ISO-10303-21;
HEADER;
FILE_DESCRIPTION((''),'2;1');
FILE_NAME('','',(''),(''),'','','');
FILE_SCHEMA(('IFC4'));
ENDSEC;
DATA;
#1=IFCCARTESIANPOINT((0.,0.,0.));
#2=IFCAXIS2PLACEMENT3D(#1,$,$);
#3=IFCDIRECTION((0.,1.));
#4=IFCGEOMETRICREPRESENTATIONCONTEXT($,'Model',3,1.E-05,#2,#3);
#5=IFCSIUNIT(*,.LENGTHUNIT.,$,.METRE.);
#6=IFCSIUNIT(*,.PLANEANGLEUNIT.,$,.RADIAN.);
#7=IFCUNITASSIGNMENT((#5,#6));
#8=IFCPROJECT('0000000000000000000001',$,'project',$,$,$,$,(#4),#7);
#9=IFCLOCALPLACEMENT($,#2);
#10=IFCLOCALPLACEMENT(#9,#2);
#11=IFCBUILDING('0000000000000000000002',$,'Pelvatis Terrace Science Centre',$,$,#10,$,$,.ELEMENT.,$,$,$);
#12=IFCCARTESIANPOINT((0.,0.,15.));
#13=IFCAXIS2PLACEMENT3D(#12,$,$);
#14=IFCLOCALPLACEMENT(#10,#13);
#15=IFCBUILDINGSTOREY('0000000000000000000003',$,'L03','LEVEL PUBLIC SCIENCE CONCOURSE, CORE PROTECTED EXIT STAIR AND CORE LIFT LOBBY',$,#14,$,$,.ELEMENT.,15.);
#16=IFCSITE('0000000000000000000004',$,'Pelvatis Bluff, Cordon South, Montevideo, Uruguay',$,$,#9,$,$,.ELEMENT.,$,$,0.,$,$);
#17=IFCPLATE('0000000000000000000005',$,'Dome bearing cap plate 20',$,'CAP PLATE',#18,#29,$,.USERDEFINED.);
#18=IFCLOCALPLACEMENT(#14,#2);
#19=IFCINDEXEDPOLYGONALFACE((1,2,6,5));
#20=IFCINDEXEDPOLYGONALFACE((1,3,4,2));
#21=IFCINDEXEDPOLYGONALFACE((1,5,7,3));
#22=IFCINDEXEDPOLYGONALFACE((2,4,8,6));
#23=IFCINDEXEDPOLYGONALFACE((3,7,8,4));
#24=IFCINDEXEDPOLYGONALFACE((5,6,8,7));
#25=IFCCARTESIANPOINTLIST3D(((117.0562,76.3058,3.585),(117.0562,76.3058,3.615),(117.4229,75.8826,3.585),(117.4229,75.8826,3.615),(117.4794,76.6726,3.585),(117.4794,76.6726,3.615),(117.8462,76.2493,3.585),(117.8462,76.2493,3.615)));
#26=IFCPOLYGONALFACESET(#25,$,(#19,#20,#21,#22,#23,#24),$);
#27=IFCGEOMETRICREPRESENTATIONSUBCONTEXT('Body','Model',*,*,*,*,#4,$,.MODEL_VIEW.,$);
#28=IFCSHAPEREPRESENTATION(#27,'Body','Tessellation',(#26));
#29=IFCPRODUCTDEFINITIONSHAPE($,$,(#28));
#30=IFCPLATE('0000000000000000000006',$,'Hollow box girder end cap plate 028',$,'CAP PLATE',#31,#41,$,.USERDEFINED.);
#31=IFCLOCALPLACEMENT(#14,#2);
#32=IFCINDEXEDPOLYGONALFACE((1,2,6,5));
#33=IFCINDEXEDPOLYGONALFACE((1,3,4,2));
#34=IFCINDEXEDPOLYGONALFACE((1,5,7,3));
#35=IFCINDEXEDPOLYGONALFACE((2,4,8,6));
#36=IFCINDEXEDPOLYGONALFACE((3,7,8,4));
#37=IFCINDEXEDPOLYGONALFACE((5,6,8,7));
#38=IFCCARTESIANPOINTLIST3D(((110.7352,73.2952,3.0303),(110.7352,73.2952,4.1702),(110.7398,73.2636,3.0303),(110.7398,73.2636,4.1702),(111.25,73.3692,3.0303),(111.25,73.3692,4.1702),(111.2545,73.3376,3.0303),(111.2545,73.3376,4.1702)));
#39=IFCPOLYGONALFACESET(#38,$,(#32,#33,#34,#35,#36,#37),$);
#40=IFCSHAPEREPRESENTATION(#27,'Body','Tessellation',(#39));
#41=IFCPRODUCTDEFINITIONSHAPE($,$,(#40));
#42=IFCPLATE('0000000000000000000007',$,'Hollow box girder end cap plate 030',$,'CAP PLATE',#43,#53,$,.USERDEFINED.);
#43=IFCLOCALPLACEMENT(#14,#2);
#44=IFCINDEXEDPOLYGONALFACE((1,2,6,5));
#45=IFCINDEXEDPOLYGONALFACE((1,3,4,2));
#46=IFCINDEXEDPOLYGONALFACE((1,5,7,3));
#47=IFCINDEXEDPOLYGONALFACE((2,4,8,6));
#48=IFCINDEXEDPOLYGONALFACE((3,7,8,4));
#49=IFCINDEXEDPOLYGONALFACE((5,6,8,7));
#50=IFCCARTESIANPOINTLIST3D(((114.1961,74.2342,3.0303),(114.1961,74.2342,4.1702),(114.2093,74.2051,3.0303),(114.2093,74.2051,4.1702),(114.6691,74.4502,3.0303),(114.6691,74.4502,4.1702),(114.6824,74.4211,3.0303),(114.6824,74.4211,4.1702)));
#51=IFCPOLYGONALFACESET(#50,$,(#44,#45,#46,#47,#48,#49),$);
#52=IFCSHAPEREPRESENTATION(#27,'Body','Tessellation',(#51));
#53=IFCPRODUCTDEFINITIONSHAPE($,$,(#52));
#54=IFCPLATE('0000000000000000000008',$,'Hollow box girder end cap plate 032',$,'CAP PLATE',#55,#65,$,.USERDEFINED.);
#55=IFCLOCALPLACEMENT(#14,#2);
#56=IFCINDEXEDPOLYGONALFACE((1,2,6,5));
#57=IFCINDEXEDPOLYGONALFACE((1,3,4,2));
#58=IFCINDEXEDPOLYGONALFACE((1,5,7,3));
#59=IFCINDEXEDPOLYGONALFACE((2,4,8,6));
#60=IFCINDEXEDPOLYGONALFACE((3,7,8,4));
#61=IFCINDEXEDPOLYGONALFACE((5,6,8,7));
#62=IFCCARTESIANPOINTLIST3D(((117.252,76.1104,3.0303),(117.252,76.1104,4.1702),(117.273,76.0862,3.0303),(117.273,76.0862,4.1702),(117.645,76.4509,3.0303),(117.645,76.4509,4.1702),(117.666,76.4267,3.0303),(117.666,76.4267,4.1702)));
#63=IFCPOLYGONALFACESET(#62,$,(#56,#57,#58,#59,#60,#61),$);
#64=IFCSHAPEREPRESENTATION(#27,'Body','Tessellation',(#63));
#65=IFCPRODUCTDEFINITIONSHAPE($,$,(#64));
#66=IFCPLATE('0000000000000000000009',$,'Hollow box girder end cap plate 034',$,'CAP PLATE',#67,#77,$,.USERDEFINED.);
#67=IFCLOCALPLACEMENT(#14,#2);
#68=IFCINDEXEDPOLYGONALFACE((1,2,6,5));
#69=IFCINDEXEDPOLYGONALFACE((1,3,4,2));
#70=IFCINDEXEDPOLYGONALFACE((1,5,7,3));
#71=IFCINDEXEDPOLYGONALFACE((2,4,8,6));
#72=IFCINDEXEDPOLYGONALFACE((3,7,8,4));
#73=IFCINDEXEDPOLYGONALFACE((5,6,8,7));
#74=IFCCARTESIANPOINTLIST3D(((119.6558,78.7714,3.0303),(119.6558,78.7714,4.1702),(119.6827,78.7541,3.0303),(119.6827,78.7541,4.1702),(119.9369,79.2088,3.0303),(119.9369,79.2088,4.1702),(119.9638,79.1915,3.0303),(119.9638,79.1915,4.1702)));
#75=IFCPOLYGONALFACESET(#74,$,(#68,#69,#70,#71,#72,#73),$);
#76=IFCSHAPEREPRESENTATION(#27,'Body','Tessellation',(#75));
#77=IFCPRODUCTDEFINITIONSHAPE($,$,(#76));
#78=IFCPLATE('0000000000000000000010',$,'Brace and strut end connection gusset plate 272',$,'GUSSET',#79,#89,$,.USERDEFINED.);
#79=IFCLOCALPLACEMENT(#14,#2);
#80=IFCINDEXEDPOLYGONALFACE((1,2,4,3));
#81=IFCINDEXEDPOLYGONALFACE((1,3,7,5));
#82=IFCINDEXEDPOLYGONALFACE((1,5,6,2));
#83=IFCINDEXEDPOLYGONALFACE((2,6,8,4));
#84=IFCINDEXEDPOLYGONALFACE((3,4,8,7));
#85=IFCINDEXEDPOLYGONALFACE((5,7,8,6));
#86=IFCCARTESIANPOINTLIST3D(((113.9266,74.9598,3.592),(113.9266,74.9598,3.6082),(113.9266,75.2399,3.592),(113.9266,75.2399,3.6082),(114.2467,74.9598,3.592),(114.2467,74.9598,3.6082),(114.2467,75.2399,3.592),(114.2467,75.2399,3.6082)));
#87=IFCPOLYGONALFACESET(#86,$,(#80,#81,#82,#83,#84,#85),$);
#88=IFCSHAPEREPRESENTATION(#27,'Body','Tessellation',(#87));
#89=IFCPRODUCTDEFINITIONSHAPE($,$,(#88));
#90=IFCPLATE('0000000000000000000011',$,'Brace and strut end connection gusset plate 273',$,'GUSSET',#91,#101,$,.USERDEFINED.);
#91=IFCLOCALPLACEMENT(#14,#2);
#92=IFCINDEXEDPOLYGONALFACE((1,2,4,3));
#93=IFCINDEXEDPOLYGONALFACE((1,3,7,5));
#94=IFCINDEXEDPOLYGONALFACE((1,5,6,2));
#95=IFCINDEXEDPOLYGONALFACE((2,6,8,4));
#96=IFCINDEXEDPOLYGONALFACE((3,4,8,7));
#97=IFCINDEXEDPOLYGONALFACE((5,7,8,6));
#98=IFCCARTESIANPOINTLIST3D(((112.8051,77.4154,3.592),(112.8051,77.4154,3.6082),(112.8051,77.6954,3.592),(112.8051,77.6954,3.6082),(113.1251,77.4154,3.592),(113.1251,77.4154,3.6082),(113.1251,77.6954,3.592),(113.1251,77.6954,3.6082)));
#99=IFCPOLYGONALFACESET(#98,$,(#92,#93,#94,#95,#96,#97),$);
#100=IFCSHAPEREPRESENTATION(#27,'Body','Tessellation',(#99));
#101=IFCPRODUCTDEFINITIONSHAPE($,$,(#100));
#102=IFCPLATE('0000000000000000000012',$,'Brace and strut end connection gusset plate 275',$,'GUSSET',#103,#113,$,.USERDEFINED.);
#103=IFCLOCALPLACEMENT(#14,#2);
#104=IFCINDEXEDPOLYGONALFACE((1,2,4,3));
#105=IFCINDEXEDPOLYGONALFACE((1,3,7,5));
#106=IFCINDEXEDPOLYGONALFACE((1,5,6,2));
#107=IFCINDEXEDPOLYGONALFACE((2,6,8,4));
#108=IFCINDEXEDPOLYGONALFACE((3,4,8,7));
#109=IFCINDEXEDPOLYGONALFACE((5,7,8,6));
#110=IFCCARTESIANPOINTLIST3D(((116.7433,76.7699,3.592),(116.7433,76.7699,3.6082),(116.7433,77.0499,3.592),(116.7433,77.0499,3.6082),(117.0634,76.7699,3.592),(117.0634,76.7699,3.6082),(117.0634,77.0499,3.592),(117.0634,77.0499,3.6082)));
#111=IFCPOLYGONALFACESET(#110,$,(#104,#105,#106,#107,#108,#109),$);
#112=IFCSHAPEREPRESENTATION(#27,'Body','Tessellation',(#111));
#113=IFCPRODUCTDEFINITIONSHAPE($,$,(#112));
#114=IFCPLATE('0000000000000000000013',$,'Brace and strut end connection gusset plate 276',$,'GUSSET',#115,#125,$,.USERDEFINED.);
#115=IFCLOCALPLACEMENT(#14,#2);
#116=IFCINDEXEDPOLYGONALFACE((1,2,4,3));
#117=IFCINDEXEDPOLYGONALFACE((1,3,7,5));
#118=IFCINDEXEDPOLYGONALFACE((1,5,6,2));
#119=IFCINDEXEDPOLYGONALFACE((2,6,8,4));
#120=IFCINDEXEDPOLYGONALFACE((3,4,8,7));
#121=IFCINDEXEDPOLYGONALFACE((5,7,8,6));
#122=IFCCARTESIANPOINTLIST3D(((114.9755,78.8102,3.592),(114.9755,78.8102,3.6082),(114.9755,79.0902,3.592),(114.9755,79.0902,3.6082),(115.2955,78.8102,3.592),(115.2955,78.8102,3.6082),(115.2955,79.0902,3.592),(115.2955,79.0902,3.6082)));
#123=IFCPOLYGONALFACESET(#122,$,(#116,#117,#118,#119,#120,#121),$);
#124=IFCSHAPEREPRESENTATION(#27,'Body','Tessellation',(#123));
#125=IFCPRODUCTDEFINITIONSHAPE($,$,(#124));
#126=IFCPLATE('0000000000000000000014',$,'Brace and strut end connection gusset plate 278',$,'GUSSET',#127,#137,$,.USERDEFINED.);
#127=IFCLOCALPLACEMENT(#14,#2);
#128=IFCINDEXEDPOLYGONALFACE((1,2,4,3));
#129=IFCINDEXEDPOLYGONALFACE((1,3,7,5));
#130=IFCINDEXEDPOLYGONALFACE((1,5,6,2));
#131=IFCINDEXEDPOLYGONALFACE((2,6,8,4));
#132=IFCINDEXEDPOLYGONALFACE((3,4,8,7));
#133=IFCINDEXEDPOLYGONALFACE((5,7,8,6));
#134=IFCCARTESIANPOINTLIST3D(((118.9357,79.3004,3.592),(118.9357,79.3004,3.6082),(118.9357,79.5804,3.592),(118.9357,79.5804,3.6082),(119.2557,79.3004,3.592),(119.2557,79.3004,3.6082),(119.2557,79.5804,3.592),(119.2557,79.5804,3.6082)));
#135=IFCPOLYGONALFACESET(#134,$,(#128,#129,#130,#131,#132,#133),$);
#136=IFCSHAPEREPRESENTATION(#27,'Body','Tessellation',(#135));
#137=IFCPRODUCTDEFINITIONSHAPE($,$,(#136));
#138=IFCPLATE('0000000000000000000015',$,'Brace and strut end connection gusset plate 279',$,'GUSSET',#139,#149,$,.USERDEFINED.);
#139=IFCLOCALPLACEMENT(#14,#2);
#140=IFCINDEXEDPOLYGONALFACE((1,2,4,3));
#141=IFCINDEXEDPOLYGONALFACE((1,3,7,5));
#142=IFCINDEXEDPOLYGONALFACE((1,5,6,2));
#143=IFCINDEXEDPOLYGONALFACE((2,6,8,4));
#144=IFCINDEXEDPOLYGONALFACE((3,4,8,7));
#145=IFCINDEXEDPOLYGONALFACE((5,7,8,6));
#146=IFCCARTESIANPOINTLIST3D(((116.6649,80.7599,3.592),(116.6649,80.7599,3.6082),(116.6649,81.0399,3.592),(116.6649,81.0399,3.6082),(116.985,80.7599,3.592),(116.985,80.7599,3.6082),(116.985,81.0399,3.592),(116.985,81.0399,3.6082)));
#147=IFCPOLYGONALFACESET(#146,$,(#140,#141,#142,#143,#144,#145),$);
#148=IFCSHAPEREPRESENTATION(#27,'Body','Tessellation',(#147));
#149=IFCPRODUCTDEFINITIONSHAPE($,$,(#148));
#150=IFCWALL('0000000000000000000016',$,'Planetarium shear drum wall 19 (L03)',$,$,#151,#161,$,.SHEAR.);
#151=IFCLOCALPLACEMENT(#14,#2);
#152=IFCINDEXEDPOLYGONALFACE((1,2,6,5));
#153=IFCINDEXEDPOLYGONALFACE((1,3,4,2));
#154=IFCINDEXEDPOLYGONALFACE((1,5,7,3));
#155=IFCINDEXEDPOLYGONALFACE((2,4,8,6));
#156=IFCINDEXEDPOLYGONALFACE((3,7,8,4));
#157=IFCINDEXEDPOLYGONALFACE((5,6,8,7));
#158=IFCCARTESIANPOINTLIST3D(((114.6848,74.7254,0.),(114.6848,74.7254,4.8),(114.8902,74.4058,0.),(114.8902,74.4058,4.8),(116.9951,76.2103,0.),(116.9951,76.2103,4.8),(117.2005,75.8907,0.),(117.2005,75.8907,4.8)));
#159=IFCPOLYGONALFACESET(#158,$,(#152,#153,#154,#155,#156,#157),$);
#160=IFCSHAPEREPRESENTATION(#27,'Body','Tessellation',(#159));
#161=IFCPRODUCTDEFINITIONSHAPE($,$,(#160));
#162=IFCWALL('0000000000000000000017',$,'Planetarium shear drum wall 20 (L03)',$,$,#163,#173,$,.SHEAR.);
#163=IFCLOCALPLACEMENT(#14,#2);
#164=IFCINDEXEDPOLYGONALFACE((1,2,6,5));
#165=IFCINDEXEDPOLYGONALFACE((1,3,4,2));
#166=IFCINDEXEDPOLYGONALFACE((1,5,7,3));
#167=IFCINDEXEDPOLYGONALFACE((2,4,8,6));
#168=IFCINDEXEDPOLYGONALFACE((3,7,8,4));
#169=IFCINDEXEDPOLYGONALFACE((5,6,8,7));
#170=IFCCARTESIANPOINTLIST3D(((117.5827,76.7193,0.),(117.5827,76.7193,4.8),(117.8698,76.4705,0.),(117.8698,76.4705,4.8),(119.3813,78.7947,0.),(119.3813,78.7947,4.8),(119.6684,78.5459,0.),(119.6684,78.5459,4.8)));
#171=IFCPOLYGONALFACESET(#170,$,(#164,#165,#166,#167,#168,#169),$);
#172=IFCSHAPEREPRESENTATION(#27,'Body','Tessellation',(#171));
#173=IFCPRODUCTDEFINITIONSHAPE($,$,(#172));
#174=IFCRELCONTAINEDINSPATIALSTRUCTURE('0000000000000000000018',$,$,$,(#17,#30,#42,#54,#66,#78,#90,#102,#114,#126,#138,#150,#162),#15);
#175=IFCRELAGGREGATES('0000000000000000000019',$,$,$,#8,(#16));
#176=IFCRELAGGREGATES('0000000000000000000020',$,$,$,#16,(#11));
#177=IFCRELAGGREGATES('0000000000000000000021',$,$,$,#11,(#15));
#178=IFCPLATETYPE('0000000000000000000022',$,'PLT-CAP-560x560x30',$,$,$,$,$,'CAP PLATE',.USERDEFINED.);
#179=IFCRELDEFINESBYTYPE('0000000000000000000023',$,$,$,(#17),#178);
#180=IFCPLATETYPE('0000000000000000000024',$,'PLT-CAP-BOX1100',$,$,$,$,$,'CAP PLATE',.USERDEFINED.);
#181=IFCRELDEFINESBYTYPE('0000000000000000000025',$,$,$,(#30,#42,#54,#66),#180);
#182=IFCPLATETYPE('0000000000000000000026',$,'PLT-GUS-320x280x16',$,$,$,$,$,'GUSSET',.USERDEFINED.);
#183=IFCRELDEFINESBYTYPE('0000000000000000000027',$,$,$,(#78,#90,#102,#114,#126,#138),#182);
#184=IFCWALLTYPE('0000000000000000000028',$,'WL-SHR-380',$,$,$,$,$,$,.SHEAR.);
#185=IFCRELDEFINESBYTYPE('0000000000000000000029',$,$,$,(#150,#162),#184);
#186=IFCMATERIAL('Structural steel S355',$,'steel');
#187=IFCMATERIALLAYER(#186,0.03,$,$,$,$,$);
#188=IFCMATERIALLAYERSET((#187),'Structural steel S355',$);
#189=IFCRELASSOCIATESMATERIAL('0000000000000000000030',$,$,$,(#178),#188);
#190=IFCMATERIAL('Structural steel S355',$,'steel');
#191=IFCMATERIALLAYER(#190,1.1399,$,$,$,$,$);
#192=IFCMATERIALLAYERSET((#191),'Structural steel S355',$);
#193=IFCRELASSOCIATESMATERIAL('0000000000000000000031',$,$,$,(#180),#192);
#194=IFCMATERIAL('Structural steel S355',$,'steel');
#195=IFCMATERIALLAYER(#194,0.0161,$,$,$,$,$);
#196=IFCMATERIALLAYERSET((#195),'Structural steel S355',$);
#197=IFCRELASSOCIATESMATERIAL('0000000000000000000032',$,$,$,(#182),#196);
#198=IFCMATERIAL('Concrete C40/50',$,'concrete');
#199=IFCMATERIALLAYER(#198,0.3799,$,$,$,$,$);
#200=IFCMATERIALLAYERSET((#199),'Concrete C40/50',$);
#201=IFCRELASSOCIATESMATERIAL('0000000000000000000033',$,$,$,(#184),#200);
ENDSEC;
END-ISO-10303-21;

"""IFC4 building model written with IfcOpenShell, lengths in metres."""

from ifc_helpers import new_model, si_unit, direction, frame, frame_2d, origin, origin_2d, place, context, subcontext, project, spatial, rectangle, extrude, material, layer, layer_set, type_object, element, save


model = new_model("IFC4")

# Units and contexts
model_context = context("Model", 3, precision=1e-05, world=origin(), true_north=direction((0.0, 1.0)))
body_context = subcontext(model_context, "Body", "Model", "MODEL_VIEW")
ifc_project = project(units=[si_unit("LENGTHUNIT", "METRE"), si_unit("PLANEANGLEUNIT", "RADIAN")], contexts=[model_context])

# Site, building, storey
site_placement = place(None, origin())
site = spatial("IfcSite", under=ifc_project, at=site_placement, Name="Pelvatis Bluff, Cordon South, Montevideo, Uruguay", CompositionType="ELEMENT", RefElevation=0.0)
building_placement = place(site_placement, origin())
building = spatial("IfcBuilding", under=site, at=building_placement, Name="Pelvatis Terrace Science Centre", CompositionType="ELEMENT")
storey_placement = place(building_placement, frame((0.0, 0.0, 15.0)))
storey = spatial("IfcBuildingStorey", under=building, at=storey_placement, Name="L03", Description="LEVEL PUBLIC SCIENCE CONCOURSE, CORE PROTECTED EXIT STAIR AND CORE LIFT LOBBY", CompositionType="ELEMENT", Elevation=15.0)

# Plates
ifc_material_1 = material(Name="Structural steel S355", Category="steel")
ifc_layer_1 = layer(ifc_material_1, 0.03)
ifc_layer_set_1 = layer_set([ifc_layer_1], Name="Structural steel S355")
plate_type_1 = type_object("IfcPlateType", Name="PLT-CAP-560x560x30", ElementType="CAP PLATE", PredefinedType="USERDEFINED", material=ifc_layer_set_1)
plate_1_placement = place(storey_placement, frame((117.4512, 76.2776, 3.585), z_axis=(0.0, 0.0, 1.0), x_axis=(0.654873, -0.755739, 0.0)))
element("IfcPlate", 1, at=plate_1_placement, inside=storey, type_object=plate_type_1, Name="Dome bearing cap plate 20", ObjectType="CAP PLATE", PredefinedType="USERDEFINED", context=body_context, shape_type="SweptSolid", body=[
    extrude(rectangle(XDim=0.5601, YDim=0.5601, at=origin_2d()), origin(), (0.0, 0.0, 1.0), 0.03),
])
ifc_material_2 = material(Name="Structural steel S355", Category="steel")
ifc_layer_2 = layer(ifc_material_2, 1.1399)
ifc_layer_set_2 = layer_set([ifc_layer_2], Name="Structural steel S355")
plate_type_2 = type_object("IfcPlateType", Name="PLT-CAP-BOX1100", ElementType="CAP PLATE", PredefinedType="USERDEFINED", material=ifc_layer_set_2)
for number, where, z_axis, x_axis, name in (
    (2, (110.9949, 73.3164, 3.0303), (0.0, 0.0, 1.0), (0.142283, -0.989826, 0.0), "Hollow box girder end cap plate 028"),
    (3, (114.4392, 74.3276, 3.0303), (0.0, 0.0, 1.0), (0.415487, -0.909599, 0.0), "Hollow box girder end cap plate 030"),
    (4, (117.459, 76.2686, 3.0303), (0.0, 0.0, 1.0), (0.654873, -0.755739, 0.0), "Hollow box girder end cap plate 032"),
    (5, (119.8098, 78.9814, 3.0303), (0.0, 0.0, 1.0), (0.841228, -0.540681, 0.0), "Hollow box girder end cap plate 034"),
):
    element("IfcPlate", number, at=place(storey_placement, frame(where, z_axis=z_axis, x_axis=x_axis)), inside=storey, type_object=plate_type_2, Name=name, ObjectType="CAP PLATE", PredefinedType="USERDEFINED", context=body_context, shape_type="SweptSolid", body=[
        extrude(rectangle(XDim=0.032, YDim=0.52, at=origin_2d()), origin(), (0.0, 0.0, 1.0), 1.1399),
    ])
ifc_material_3 = material(Name="Structural steel S355", Category="steel")
ifc_layer_3 = layer(ifc_material_3, 0.0161)
ifc_layer_set_3 = layer_set([ifc_layer_3], Name="Structural steel S355")
plate_type_3 = type_object("IfcPlateType", Name="PLT-GUS-320x280x16", ElementType="GUSSET", PredefinedType="USERDEFINED", material=ifc_layer_set_3)
for number, where, z_axis, x_axis, name in (
    (6, (114.0867, 75.0999, 3.592), (0.0, 0.0, 1.0), (1.0, 0.0, 0.0), "Brace and strut end connection gusset plate 272"),
    (7, (112.9651, 77.5554, 3.592), (0.0, 0.0, 1.0), (1.0, 0.0, 0.0), "Brace and strut end connection gusset plate 273"),
    (8, (116.9033, 76.9099, 3.592), (0.0, 0.0, 1.0), (1.0, 0.0, 0.0), "Brace and strut end connection gusset plate 275"),
    (9, (115.1355, 78.9502, 3.592), (0.0, 0.0, 1.0), (1.0, 0.0, 0.0), "Brace and strut end connection gusset plate 276"),
    (10, (119.0957, 79.4404, 3.592), (0.0, 0.0, 1.0), (1.0, 0.0, 0.0), "Brace and strut end connection gusset plate 278"),
    (11, (116.825, 80.8999, 3.592), (0.0, 0.0, 1.0), (1.0, 0.0, 0.0), "Brace and strut end connection gusset plate 279"),
):
    element("IfcPlate", number, at=place(storey_placement, frame(where, z_axis=z_axis, x_axis=x_axis)), inside=storey, type_object=plate_type_3, Name=name, ObjectType="GUSSET", PredefinedType="USERDEFINED", context=body_context, shape_type="SweptSolid", body=[
        extrude(rectangle(XDim=0.3201, YDim=0.28, at=origin_2d()), origin(), (0.0, 0.0, 1.0), 0.0161),
    ])

# Walls
ifc_material_4 = material(Name="Concrete C40/50", Category="concrete")
ifc_layer_4 = layer(ifc_material_4, 0.3799)
ifc_layer_set_4 = layer_set([ifc_layer_4], Name="Concrete C40/50")
wall_type = type_object("IfcWallType", Name="WL-SHR-380", PredefinedType="SHEAR", material=ifc_layer_set_4)
for number, where, z_axis, x_axis, name in (
    (12, (114.7876, 74.5657, 0.0), (0.0, 0.0, 1.0), (0.841233, 0.540672, 0.0), "Planetarium shear drum wall 19 (L03)"),
    (13, (117.7263, 76.595, 0.0), (0.0, 0.0, 1.0), (0.654903, 0.755713, 0.0), "Planetarium shear drum wall 20 (L03)"),
):
    element("IfcWall", number, at=place(storey_placement, frame(where, z_axis=z_axis, x_axis=x_axis)), inside=storey, type_object=wall_type, Name=name, PredefinedType="SHEAR", context=body_context, shape_type="SweptSolid", body=[
        extrude(rectangle(XDim=2.7463, YDim=0.3799, at=frame_2d((1.373, 0.0))), origin(), (0.0, 0.0, 1.0), 4.8),
    ])

save(model, "model.ifc")
